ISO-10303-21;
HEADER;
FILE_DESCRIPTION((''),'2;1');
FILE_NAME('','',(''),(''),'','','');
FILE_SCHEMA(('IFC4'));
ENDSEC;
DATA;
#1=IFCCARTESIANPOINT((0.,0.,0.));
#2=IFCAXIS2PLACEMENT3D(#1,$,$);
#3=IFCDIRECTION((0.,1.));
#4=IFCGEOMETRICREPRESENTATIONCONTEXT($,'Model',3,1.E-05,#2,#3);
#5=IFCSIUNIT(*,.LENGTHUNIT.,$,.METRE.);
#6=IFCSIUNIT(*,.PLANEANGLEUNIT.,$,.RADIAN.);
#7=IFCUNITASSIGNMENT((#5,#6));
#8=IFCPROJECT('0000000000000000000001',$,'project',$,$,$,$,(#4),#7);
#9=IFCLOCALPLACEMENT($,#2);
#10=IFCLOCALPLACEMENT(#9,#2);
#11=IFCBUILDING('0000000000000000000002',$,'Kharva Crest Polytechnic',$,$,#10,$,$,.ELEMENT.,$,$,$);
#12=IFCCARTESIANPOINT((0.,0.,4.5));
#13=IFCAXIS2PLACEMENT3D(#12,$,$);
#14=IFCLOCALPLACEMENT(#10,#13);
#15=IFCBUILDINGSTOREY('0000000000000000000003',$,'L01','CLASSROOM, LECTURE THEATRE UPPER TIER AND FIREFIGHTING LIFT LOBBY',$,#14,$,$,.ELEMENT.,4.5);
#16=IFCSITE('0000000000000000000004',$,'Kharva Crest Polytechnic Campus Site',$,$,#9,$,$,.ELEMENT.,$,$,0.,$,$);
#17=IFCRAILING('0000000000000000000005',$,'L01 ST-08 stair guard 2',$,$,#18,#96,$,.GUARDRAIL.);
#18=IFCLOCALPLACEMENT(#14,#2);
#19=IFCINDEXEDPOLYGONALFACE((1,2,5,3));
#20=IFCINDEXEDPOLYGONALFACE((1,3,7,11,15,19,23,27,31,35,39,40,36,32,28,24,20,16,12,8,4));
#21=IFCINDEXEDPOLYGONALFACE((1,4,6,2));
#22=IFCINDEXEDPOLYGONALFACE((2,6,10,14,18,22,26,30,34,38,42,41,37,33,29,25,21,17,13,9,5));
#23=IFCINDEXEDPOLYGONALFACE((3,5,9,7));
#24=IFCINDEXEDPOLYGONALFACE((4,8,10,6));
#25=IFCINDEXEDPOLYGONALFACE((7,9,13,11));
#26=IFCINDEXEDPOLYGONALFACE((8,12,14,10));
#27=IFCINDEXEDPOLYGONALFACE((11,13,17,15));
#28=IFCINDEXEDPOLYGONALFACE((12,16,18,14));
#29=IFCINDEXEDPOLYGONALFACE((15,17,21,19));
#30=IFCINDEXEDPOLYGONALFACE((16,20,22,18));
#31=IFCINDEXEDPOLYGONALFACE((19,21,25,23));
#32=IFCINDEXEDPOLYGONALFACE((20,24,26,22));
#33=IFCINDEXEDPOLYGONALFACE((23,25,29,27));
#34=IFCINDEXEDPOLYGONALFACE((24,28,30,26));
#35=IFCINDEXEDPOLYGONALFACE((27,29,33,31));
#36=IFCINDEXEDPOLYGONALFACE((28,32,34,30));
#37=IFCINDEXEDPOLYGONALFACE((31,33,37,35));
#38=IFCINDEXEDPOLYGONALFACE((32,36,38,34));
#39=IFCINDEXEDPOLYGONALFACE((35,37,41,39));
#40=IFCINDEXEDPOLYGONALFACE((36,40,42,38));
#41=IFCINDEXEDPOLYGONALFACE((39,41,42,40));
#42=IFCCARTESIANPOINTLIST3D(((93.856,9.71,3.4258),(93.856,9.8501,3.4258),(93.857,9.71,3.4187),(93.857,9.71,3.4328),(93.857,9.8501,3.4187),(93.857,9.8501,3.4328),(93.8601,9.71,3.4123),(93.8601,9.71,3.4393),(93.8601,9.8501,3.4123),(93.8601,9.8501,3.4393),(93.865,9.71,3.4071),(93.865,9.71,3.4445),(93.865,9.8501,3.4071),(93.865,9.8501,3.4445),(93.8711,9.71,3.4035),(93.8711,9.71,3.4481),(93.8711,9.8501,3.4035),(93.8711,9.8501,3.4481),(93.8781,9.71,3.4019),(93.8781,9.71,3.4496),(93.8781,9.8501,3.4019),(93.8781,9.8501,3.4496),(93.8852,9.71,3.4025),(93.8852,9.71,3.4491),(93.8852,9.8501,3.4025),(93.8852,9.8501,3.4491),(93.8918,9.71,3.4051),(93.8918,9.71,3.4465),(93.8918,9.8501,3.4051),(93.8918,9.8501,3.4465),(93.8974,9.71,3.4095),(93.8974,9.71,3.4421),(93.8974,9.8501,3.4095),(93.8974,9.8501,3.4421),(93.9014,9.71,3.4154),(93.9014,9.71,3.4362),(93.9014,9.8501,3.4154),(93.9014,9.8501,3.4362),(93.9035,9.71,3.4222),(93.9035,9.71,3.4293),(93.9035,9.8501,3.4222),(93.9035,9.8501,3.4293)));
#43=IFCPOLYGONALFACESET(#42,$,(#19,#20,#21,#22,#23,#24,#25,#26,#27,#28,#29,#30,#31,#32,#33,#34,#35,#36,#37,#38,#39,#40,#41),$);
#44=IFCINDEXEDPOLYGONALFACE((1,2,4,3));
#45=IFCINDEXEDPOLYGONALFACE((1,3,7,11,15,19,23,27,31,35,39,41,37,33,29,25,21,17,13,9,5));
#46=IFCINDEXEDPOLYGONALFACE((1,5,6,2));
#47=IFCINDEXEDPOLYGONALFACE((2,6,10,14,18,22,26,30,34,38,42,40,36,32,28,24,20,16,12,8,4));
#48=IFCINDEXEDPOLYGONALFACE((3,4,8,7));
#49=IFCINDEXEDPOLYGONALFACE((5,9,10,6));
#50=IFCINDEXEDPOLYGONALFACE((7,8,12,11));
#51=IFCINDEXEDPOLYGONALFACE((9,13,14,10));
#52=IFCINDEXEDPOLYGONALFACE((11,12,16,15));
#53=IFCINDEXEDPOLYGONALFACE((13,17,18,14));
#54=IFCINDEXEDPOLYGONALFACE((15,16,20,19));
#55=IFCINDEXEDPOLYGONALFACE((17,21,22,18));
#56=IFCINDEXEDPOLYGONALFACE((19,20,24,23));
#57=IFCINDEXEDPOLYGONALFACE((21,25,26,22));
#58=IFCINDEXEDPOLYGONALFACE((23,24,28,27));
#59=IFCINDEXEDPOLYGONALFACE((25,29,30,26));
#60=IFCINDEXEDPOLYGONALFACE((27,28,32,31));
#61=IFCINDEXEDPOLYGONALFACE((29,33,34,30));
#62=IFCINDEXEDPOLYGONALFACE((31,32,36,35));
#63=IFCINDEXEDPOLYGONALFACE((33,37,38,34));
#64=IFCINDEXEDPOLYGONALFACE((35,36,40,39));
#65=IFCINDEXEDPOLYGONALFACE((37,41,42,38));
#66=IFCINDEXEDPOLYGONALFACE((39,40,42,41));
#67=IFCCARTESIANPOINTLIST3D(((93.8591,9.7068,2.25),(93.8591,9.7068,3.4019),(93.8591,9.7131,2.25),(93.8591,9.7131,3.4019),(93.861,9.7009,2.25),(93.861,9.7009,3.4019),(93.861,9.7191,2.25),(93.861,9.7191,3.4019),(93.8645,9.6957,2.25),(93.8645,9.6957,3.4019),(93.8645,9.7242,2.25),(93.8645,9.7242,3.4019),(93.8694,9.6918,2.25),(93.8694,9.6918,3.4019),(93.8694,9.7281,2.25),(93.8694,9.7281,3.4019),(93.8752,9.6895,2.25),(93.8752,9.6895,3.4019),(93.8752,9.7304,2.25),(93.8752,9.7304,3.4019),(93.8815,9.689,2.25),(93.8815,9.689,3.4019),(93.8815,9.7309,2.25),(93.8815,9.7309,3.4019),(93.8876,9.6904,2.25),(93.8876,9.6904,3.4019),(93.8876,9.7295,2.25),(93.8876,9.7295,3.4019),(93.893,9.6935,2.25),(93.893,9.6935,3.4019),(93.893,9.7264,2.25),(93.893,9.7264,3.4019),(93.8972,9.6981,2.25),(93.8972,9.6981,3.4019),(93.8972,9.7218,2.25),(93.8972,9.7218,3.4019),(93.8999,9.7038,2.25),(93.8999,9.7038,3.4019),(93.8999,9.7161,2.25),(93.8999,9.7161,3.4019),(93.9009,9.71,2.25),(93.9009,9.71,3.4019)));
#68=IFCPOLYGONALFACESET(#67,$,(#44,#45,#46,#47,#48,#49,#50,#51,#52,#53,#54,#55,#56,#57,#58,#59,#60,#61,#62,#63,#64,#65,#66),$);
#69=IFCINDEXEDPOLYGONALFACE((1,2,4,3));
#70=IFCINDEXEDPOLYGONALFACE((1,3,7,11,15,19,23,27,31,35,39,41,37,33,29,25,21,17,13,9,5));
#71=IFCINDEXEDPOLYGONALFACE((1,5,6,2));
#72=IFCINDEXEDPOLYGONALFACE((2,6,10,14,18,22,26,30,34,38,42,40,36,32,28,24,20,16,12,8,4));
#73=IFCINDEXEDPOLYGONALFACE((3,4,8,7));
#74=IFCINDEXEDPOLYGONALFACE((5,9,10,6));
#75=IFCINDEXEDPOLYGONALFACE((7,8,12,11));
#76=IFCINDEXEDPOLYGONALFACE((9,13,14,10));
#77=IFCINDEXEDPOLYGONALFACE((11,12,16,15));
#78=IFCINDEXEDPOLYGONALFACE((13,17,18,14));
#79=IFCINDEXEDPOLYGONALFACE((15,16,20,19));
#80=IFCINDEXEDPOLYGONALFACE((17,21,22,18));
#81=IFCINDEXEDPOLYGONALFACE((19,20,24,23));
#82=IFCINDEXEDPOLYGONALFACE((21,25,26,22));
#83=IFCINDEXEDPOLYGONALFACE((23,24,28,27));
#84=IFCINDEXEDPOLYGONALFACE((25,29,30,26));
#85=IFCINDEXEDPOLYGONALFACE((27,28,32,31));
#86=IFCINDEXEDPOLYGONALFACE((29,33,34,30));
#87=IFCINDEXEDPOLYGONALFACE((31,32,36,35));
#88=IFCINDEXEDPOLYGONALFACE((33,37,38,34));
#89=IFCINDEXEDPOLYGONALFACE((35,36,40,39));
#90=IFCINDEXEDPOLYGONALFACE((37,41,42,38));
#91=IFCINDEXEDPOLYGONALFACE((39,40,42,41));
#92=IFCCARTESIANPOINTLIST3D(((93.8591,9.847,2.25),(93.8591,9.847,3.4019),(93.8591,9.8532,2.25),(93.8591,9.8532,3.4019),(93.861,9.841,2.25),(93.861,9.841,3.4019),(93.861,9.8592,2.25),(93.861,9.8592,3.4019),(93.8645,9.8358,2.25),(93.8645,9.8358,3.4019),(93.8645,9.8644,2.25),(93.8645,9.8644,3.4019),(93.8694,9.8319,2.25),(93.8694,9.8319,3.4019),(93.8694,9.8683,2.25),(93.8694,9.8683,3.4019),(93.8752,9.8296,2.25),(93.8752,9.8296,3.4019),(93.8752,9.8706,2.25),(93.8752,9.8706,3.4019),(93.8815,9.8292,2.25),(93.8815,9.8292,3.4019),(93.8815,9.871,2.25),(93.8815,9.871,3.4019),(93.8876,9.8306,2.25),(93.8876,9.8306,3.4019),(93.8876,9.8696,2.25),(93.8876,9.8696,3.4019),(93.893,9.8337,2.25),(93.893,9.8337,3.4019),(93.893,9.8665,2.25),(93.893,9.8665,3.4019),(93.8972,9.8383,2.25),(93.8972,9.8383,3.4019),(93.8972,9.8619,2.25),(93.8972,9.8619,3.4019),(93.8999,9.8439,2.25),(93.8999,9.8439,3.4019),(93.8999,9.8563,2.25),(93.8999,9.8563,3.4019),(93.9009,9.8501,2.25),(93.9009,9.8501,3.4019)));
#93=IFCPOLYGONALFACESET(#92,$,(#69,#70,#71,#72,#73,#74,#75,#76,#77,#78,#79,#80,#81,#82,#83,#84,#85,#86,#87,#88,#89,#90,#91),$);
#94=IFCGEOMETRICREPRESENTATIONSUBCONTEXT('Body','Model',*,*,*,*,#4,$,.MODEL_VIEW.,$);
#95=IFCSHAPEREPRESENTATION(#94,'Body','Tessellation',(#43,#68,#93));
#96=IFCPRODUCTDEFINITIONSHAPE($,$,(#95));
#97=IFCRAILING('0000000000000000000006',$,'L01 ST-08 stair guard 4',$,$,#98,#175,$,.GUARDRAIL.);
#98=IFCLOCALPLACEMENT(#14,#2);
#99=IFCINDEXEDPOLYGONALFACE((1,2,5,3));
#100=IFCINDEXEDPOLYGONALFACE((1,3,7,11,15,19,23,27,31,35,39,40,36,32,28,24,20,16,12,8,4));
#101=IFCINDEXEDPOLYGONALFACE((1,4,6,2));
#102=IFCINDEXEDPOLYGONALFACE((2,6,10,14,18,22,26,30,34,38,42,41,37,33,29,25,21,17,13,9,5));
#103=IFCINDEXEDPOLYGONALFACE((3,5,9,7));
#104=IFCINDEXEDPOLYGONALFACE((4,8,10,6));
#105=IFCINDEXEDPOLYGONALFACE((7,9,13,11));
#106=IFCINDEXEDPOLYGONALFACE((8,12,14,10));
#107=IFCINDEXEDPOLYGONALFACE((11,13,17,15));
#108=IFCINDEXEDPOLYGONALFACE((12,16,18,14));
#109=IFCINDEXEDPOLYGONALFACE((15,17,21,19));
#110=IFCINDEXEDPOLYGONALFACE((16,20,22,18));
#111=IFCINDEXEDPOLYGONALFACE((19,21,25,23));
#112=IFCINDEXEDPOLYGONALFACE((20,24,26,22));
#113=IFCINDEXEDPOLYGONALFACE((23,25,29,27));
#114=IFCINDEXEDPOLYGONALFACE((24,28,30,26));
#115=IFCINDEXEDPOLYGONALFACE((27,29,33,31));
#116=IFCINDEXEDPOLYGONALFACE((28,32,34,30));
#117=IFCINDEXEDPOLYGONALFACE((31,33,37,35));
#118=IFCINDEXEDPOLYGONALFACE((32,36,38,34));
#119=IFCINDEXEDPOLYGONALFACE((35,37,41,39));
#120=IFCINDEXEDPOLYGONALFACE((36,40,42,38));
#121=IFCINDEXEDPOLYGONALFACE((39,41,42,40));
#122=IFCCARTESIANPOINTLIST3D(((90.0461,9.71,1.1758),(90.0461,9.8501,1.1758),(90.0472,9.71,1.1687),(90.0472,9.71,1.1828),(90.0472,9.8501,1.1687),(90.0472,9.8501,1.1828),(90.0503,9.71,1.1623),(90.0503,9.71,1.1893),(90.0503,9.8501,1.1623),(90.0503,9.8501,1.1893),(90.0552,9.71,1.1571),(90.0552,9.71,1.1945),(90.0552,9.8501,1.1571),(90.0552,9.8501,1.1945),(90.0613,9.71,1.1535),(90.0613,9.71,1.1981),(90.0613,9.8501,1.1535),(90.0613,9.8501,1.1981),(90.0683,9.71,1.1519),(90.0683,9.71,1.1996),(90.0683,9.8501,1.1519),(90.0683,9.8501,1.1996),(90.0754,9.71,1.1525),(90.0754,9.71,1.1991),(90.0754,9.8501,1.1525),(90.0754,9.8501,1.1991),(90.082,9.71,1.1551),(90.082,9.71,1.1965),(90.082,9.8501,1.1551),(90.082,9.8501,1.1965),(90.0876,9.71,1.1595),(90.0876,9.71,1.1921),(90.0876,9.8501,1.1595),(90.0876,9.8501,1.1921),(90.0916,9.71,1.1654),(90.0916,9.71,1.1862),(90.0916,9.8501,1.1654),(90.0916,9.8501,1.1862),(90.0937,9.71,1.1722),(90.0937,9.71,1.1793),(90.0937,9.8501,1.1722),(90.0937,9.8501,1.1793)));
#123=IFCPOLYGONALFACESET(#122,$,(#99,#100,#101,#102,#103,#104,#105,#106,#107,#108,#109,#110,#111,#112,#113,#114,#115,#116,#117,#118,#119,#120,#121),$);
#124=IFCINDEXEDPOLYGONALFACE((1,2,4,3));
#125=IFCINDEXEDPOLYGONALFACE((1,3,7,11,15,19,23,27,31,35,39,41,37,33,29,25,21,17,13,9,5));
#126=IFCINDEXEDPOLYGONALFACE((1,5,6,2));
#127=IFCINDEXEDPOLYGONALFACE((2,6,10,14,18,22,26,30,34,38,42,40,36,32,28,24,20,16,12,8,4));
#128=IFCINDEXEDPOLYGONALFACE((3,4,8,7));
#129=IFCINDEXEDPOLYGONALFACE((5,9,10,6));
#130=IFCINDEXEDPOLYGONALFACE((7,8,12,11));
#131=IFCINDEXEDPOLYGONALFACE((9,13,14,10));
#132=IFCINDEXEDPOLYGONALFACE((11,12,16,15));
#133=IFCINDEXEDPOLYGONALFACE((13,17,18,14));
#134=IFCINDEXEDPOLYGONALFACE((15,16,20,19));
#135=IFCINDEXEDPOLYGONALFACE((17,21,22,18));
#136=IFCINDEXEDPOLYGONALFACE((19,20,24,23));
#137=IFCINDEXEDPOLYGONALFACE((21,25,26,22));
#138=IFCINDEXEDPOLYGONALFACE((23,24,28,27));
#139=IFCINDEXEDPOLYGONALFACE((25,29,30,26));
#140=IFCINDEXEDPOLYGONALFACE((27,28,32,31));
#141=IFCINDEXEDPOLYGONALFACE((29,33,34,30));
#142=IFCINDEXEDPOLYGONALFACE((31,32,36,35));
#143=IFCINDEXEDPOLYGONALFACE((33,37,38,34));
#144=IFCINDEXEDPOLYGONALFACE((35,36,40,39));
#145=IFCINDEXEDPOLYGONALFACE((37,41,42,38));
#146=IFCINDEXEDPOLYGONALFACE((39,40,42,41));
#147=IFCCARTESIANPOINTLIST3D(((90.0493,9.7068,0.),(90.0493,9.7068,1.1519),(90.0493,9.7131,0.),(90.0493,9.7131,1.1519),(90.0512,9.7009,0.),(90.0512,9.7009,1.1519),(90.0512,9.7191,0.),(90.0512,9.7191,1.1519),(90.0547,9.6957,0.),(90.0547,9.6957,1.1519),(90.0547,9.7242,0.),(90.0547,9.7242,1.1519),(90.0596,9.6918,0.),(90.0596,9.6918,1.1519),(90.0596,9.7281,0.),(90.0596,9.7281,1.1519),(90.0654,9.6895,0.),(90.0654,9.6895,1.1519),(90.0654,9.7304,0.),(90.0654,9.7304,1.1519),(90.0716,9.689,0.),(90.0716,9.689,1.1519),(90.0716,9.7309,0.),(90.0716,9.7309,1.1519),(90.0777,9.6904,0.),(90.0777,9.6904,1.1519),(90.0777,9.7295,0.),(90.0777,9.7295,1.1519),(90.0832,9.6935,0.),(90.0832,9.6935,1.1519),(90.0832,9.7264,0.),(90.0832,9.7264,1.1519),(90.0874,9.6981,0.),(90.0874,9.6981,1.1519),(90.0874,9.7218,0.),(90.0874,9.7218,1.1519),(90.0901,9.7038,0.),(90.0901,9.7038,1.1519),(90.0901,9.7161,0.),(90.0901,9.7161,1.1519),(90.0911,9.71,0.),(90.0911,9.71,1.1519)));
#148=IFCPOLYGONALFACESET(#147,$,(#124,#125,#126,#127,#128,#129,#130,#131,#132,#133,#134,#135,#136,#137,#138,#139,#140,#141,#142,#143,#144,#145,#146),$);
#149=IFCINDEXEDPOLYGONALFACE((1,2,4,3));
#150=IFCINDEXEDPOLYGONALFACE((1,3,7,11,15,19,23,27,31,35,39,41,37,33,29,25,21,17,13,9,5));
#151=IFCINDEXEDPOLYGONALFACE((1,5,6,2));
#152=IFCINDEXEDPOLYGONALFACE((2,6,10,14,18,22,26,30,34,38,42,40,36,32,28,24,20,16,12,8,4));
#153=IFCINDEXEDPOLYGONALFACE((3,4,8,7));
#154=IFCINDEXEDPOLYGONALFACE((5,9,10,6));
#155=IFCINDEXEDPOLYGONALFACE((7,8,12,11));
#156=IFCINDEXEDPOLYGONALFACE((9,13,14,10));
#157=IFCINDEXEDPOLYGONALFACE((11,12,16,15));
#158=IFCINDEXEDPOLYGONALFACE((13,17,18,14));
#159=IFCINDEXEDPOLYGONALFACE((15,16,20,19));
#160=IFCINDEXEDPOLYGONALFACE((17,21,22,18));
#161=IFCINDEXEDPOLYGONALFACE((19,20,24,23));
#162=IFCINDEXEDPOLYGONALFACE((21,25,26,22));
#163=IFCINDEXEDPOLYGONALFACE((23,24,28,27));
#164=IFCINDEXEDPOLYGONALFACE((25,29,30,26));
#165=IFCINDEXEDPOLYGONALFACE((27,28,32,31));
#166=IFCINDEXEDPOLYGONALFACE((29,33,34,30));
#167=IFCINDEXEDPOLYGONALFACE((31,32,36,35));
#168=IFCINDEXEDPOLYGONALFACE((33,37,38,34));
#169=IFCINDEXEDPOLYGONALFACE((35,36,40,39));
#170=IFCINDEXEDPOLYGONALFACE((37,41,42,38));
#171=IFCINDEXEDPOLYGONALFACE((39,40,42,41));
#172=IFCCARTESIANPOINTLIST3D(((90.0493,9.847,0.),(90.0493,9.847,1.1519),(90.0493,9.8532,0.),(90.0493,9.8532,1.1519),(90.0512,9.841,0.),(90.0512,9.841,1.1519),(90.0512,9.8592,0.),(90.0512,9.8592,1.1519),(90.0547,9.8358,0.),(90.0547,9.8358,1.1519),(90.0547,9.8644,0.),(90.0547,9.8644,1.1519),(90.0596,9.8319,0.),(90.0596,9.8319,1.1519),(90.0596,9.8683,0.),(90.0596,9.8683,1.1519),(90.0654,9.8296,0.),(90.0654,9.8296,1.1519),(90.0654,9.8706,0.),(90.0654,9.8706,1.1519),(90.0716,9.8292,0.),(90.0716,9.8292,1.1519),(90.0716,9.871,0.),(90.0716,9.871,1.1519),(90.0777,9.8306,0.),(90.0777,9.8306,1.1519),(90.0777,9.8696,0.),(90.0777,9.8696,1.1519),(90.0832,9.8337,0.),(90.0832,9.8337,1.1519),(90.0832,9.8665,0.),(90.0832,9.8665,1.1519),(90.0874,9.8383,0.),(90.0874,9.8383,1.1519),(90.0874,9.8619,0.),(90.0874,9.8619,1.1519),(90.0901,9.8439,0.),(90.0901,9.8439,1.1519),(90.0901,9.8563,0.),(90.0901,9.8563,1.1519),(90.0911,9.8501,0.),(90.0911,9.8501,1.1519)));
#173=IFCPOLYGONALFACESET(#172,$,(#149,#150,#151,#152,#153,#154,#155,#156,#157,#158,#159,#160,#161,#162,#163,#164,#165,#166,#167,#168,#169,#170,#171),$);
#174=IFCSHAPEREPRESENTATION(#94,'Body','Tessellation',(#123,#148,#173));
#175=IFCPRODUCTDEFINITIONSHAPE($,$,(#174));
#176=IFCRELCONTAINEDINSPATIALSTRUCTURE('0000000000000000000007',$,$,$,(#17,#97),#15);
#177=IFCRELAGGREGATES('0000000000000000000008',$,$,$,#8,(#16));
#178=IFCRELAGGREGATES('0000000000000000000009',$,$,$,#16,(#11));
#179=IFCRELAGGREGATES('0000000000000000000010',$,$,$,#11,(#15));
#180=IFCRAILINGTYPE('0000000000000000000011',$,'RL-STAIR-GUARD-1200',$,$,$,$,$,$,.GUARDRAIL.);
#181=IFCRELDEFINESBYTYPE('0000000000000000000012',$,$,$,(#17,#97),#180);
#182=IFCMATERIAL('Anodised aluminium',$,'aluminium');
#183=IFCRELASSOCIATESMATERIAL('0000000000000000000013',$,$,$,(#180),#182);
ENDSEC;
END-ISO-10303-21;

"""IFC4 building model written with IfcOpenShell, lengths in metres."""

from ifc_helpers import new_model, si_unit, direction, frame, origin, origin_2d, place, context, subcontext, project, spatial, circle, extrude, material, type_object, element, save


model = new_model("IFC4")

# Units and contexts
model_context = context("Model", 3, precision=1e-05, world=origin(), true_north=direction((0.0, 1.0)))
body_context = subcontext(model_context, "Body", "Model", "MODEL_VIEW")
ifc_project = project(units=[si_unit("LENGTHUNIT", "METRE"), si_unit("PLANEANGLEUNIT", "RADIAN")], contexts=[model_context])

# Site, building, storey
site_placement = place(None, origin())
site = spatial("IfcSite", under=ifc_project, at=site_placement, Name="Kharva Crest Polytechnic Campus Site", CompositionType="ELEMENT", RefElevation=0.0)
building_placement = place(site_placement, origin())
building = spatial("IfcBuilding", under=site, at=building_placement, Name="Kharva Crest Polytechnic", CompositionType="ELEMENT")
storey_placement = place(building_placement, frame((0.0, 0.0, 4.5)))
storey = spatial("IfcBuildingStorey", under=building, at=storey_placement, Name="L01", Description="CLASSROOM, LECTURE THEATRE UPPER TIER AND FIREFIGHTING LIFT LOBBY", CompositionType="ELEMENT", Elevation=4.5)

# Shared definitions
ifc_material_1 = material(Name="Anodised aluminium", Category="aluminium")

# Railings
railing_type_1 = type_object("IfcRailingType", Name="RL-STAIR-GUARD-1200", PredefinedType="GUARDRAIL", material=ifc_material_1)
for number, where, name in (
    (1, (93.8799, 9.71, 2.25), "L01 ST-08 stair guard 2"),
    (2, (90.0701, 9.71, 0.0), "L01 ST-08 stair guard 4"),
):
    element("IfcRailing", number, at=place(storey_placement, frame(where)), inside=storey, type_object=railing_type_1, Name=name, PredefinedType="GUARDRAIL", context=body_context, shape_type="SweptSolid", body=[
        extrude(circle(Radius=0.0239, at=origin_2d()), frame((0.0, 0.0, 1.1758), z_axis=(0.0, 1.0, 0.0), x_axis=(-1.0, 0.0, 0.0)), (0.0, 0.0, 1.0), 0.1401),
        extrude(circle(Radius=0.021, at=origin_2d()), origin(), (0.0, 0.0, 1.0), 1.1519),
        extrude(circle(Radius=0.021, at=origin_2d()), frame((0.0, 0.1401, 0.0)), (0.0, 0.0, 1.0), 1.1519),
    ])

save(model, "model.ifc")
